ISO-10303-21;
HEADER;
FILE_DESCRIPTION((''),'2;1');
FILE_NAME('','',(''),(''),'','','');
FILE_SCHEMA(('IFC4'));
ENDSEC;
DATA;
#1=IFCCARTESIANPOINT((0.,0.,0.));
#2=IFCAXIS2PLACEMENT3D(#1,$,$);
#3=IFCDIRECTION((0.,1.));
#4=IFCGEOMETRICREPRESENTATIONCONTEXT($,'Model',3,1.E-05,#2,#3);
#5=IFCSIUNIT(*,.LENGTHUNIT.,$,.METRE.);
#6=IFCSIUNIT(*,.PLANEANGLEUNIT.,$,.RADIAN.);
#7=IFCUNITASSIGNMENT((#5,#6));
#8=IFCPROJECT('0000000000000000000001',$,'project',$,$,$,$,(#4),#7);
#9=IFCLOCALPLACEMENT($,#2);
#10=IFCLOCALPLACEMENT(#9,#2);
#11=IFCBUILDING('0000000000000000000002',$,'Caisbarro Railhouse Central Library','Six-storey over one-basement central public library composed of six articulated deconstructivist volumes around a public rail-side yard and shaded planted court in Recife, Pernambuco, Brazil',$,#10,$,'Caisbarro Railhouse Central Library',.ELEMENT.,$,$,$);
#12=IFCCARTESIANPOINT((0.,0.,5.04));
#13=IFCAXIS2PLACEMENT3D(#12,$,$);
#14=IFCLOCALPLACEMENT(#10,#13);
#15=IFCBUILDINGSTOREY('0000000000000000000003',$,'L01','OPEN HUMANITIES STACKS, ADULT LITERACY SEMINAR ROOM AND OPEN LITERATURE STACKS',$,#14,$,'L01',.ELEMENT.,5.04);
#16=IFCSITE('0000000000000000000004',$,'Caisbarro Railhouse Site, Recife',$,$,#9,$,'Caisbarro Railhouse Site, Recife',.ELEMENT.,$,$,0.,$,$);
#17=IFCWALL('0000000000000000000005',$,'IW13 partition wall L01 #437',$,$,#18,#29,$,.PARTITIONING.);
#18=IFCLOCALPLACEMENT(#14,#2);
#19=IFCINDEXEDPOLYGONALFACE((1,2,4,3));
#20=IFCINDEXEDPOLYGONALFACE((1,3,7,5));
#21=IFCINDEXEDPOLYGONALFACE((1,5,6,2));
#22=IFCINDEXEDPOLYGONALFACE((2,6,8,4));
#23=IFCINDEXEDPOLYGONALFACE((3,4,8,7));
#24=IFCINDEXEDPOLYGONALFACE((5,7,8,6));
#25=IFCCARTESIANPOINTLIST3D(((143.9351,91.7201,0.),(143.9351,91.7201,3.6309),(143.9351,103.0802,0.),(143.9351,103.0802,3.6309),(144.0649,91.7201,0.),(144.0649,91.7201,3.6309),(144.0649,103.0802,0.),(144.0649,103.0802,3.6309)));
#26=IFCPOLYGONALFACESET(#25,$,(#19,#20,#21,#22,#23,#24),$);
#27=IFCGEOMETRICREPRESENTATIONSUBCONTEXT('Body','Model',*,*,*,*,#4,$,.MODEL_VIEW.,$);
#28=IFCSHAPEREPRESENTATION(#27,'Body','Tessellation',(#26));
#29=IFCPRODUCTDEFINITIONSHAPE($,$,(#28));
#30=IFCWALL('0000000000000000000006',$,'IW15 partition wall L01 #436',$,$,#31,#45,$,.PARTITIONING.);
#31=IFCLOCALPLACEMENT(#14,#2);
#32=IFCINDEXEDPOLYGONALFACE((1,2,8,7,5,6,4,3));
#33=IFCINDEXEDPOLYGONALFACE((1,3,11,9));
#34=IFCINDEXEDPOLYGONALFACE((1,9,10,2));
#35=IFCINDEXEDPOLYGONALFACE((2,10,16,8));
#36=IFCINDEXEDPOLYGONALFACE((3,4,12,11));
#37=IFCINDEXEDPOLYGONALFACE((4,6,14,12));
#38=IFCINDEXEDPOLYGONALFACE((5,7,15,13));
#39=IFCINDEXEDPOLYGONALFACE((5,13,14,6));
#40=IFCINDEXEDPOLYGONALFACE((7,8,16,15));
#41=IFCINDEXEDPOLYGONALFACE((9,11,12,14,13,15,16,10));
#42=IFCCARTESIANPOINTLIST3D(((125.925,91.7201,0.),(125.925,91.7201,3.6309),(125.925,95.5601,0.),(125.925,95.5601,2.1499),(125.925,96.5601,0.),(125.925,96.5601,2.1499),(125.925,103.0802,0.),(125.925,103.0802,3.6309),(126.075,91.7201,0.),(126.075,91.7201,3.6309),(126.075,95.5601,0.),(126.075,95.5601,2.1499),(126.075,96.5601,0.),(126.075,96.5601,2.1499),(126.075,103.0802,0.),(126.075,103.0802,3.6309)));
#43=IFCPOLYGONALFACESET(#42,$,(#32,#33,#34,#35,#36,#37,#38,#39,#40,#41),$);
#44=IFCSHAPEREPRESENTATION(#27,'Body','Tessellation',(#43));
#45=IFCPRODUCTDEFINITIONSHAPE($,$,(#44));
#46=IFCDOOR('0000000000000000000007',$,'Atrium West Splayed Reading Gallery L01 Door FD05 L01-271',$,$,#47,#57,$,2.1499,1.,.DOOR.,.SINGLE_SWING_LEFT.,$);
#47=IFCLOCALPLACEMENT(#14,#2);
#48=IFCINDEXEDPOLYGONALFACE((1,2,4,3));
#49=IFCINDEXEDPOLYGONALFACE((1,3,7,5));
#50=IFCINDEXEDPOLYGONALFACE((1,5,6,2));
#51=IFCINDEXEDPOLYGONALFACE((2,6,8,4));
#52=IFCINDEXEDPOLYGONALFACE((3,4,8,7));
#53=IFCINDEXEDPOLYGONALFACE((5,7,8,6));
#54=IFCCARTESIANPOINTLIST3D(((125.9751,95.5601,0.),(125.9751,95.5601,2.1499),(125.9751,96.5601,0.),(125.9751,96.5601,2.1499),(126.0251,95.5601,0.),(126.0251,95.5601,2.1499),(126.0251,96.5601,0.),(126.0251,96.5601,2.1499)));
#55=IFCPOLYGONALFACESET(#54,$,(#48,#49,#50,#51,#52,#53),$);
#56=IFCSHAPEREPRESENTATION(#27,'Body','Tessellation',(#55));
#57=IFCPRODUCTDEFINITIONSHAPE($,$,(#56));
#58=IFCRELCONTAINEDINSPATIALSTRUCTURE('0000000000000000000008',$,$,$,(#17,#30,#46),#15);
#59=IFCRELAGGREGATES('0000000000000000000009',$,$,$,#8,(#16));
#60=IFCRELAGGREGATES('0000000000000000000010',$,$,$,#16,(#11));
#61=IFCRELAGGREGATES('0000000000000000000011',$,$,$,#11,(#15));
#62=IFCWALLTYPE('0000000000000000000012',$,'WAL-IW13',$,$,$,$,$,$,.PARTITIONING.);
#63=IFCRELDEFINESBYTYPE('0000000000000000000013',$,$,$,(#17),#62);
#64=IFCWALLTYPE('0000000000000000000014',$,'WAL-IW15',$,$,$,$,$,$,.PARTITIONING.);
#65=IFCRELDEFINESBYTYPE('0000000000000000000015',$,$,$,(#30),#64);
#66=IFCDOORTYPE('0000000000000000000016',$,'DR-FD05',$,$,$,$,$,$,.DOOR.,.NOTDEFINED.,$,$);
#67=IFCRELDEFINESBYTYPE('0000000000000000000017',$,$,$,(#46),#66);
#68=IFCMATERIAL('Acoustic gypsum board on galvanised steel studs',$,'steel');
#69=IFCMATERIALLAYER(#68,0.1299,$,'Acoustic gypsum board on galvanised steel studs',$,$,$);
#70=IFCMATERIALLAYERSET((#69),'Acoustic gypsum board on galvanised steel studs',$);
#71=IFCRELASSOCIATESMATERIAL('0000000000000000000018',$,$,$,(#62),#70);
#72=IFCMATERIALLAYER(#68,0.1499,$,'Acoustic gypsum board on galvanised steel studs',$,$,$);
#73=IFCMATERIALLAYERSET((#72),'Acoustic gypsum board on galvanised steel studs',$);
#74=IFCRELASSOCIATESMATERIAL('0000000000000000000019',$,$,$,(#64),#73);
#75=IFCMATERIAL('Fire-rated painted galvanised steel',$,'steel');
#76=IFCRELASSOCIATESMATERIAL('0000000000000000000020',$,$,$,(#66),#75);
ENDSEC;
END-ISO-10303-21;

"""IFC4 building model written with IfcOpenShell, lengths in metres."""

from ifc_helpers import new_model, si_unit, direction, frame, frame_2d, origin, place, context, subcontext, project, spatial, rectangle, extrude, material, layer, layer_set, type_object, element, fill, save


model = new_model("IFC4")

# Units and contexts
model_context = context("Model", 3, precision=1e-05, world=origin(), true_north=direction((0.0, 1.0)))
body_context = subcontext(model_context, "Body", "Model", "MODEL_VIEW")
ifc_project = project(units=[si_unit("LENGTHUNIT", "METRE"), si_unit("PLANEANGLEUNIT", "RADIAN")], contexts=[model_context])

# Site, building, storey
site_placement = place(None, origin())
site = spatial("IfcSite", under=ifc_project, at=site_placement, Name="Caisbarro Railhouse Site, Recife", LongName="Caisbarro Railhouse Site, Recife", CompositionType="ELEMENT", RefElevation=0.0)
building_placement = place(site_placement, origin())
building = spatial("IfcBuilding", under=site, at=building_placement, Name="Caisbarro Railhouse Central Library", Description="Six-storey over one-basement central public library composed of six articulated deconstructivist volumes around a public rail-side yard and shaded planted court in Recife, Pernambuco, Brazil", LongName="Caisbarro Railhouse Central Library", CompositionType="ELEMENT")
storey_placement = place(building_placement, frame((0.0, 0.0, 5.04)))
storey = spatial("IfcBuildingStorey", under=building, at=storey_placement, Name="L01", Description="OPEN HUMANITIES STACKS, ADULT LITERACY SEMINAR ROOM AND OPEN LITERATURE STACKS", LongName="L01", CompositionType="ELEMENT", Elevation=5.04)

# Wall
ifc_material_1 = material(Name="Acoustic gypsum board on galvanised steel studs", Category="steel")
ifc_layer_1 = layer(ifc_material_1, 0.1299, Name="Acoustic gypsum board on galvanised steel studs")
ifc_layer_set_1 = layer_set([ifc_layer_1], Name="Acoustic gypsum board on galvanised steel studs")
wall_type_1 = type_object("IfcWallType", Name="WAL-IW13", PredefinedType="PARTITIONING", material=ifc_layer_set_1)
wall_1_placement = place(storey_placement, frame((144.0, 91.72, 0.0), z_axis=(0.0, 0.0, 1.0), x_axis=(0.0, 1.0, 0.0)))
element("IfcWall", 1, at=wall_1_placement, inside=storey, type_object=wall_type_1, Name="IW13 partition wall L01 #437", PredefinedType="PARTITIONING", context=body_context, shape_type="SweptSolid", body=[
    extrude(rectangle(XDim=11.3601, YDim=0.1299, at=frame_2d((5.6802, 0.0))), origin(), (0.0, 0.0, 1.0), 3.6309),
])

# Wall, opening, door
ifc_layer_2 = layer(ifc_material_1, 0.1499, Name="Acoustic gypsum board on galvanised steel studs")
ifc_layer_set_2 = layer_set([ifc_layer_2], Name="Acoustic gypsum board on galvanised steel studs")
wall_type_2 = type_object("IfcWallType", Name="WAL-IW15", PredefinedType="PARTITIONING", material=ifc_layer_set_2)
wall_2_placement = place(storey_placement, frame((126.0, 91.72, 0.0), z_axis=(0.0, 0.0, 1.0), x_axis=(0.0, 1.0, 0.0)))
wall_2 = element("IfcWall", 2, at=wall_2_placement, inside=storey, type_object=wall_type_2, Name="IW15 partition wall L01 #436", PredefinedType="PARTITIONING", context=body_context, shape_type="SweptSolid", body=[
    extrude(rectangle(XDim=11.3601, YDim=0.1499, at=frame_2d((5.6802, 0.0))), origin(), (0.0, 0.0, 1.0), 3.6309),
])
opening_placement = place(wall_2_placement, frame((3.8401, 0.0, 0.0)))
opening = element("IfcOpeningElement", 3, at=opening_placement, cuts=wall_2, PredefinedType="OPENING", context=body_context, shape_type="SweptSolid", body=[
    extrude(rectangle(XDim=1.0, YDim=2.1499, at=frame_2d((0.5, 1.075))), frame((0.0, 0.085, 0.0), z_axis=(0.0, -1.0, 0.0), x_axis=(1.0, 0.0, 0.0)), (0.0, 0.0, 1.0), 0.1699),
])
ifc_material_2 = material(Name="Fire-rated painted galvanised steel", Category="steel")
door_type = type_object("IfcDoorType", Name="DR-FD05", OperationType="NOTDEFINED", PredefinedType="DOOR", material=ifc_material_2)
door_placement = place(opening_placement, origin())
door = element("IfcDoor", 4, at=door_placement, inside=storey, type_object=door_type, Name="Atrium West Splayed Reading Gallery L01 Door FD05 L01-271", OperationType="SINGLE_SWING_LEFT", OverallHeight=2.1499, OverallWidth=1.0, PredefinedType="DOOR", context=body_context, shape_type="SweptSolid", body=[
    extrude(rectangle(XDim=1.0, YDim=2.1499, at=frame_2d((0.5, 1.075))), frame((0.0, 0.0249, 0.0), z_axis=(0.0, -1.0, 0.0), x_axis=(1.0, 0.0, 0.0)), (0.0, 0.0, 1.0), 0.05),
])
fill(opening, door)

save(model, "model.ifc")
